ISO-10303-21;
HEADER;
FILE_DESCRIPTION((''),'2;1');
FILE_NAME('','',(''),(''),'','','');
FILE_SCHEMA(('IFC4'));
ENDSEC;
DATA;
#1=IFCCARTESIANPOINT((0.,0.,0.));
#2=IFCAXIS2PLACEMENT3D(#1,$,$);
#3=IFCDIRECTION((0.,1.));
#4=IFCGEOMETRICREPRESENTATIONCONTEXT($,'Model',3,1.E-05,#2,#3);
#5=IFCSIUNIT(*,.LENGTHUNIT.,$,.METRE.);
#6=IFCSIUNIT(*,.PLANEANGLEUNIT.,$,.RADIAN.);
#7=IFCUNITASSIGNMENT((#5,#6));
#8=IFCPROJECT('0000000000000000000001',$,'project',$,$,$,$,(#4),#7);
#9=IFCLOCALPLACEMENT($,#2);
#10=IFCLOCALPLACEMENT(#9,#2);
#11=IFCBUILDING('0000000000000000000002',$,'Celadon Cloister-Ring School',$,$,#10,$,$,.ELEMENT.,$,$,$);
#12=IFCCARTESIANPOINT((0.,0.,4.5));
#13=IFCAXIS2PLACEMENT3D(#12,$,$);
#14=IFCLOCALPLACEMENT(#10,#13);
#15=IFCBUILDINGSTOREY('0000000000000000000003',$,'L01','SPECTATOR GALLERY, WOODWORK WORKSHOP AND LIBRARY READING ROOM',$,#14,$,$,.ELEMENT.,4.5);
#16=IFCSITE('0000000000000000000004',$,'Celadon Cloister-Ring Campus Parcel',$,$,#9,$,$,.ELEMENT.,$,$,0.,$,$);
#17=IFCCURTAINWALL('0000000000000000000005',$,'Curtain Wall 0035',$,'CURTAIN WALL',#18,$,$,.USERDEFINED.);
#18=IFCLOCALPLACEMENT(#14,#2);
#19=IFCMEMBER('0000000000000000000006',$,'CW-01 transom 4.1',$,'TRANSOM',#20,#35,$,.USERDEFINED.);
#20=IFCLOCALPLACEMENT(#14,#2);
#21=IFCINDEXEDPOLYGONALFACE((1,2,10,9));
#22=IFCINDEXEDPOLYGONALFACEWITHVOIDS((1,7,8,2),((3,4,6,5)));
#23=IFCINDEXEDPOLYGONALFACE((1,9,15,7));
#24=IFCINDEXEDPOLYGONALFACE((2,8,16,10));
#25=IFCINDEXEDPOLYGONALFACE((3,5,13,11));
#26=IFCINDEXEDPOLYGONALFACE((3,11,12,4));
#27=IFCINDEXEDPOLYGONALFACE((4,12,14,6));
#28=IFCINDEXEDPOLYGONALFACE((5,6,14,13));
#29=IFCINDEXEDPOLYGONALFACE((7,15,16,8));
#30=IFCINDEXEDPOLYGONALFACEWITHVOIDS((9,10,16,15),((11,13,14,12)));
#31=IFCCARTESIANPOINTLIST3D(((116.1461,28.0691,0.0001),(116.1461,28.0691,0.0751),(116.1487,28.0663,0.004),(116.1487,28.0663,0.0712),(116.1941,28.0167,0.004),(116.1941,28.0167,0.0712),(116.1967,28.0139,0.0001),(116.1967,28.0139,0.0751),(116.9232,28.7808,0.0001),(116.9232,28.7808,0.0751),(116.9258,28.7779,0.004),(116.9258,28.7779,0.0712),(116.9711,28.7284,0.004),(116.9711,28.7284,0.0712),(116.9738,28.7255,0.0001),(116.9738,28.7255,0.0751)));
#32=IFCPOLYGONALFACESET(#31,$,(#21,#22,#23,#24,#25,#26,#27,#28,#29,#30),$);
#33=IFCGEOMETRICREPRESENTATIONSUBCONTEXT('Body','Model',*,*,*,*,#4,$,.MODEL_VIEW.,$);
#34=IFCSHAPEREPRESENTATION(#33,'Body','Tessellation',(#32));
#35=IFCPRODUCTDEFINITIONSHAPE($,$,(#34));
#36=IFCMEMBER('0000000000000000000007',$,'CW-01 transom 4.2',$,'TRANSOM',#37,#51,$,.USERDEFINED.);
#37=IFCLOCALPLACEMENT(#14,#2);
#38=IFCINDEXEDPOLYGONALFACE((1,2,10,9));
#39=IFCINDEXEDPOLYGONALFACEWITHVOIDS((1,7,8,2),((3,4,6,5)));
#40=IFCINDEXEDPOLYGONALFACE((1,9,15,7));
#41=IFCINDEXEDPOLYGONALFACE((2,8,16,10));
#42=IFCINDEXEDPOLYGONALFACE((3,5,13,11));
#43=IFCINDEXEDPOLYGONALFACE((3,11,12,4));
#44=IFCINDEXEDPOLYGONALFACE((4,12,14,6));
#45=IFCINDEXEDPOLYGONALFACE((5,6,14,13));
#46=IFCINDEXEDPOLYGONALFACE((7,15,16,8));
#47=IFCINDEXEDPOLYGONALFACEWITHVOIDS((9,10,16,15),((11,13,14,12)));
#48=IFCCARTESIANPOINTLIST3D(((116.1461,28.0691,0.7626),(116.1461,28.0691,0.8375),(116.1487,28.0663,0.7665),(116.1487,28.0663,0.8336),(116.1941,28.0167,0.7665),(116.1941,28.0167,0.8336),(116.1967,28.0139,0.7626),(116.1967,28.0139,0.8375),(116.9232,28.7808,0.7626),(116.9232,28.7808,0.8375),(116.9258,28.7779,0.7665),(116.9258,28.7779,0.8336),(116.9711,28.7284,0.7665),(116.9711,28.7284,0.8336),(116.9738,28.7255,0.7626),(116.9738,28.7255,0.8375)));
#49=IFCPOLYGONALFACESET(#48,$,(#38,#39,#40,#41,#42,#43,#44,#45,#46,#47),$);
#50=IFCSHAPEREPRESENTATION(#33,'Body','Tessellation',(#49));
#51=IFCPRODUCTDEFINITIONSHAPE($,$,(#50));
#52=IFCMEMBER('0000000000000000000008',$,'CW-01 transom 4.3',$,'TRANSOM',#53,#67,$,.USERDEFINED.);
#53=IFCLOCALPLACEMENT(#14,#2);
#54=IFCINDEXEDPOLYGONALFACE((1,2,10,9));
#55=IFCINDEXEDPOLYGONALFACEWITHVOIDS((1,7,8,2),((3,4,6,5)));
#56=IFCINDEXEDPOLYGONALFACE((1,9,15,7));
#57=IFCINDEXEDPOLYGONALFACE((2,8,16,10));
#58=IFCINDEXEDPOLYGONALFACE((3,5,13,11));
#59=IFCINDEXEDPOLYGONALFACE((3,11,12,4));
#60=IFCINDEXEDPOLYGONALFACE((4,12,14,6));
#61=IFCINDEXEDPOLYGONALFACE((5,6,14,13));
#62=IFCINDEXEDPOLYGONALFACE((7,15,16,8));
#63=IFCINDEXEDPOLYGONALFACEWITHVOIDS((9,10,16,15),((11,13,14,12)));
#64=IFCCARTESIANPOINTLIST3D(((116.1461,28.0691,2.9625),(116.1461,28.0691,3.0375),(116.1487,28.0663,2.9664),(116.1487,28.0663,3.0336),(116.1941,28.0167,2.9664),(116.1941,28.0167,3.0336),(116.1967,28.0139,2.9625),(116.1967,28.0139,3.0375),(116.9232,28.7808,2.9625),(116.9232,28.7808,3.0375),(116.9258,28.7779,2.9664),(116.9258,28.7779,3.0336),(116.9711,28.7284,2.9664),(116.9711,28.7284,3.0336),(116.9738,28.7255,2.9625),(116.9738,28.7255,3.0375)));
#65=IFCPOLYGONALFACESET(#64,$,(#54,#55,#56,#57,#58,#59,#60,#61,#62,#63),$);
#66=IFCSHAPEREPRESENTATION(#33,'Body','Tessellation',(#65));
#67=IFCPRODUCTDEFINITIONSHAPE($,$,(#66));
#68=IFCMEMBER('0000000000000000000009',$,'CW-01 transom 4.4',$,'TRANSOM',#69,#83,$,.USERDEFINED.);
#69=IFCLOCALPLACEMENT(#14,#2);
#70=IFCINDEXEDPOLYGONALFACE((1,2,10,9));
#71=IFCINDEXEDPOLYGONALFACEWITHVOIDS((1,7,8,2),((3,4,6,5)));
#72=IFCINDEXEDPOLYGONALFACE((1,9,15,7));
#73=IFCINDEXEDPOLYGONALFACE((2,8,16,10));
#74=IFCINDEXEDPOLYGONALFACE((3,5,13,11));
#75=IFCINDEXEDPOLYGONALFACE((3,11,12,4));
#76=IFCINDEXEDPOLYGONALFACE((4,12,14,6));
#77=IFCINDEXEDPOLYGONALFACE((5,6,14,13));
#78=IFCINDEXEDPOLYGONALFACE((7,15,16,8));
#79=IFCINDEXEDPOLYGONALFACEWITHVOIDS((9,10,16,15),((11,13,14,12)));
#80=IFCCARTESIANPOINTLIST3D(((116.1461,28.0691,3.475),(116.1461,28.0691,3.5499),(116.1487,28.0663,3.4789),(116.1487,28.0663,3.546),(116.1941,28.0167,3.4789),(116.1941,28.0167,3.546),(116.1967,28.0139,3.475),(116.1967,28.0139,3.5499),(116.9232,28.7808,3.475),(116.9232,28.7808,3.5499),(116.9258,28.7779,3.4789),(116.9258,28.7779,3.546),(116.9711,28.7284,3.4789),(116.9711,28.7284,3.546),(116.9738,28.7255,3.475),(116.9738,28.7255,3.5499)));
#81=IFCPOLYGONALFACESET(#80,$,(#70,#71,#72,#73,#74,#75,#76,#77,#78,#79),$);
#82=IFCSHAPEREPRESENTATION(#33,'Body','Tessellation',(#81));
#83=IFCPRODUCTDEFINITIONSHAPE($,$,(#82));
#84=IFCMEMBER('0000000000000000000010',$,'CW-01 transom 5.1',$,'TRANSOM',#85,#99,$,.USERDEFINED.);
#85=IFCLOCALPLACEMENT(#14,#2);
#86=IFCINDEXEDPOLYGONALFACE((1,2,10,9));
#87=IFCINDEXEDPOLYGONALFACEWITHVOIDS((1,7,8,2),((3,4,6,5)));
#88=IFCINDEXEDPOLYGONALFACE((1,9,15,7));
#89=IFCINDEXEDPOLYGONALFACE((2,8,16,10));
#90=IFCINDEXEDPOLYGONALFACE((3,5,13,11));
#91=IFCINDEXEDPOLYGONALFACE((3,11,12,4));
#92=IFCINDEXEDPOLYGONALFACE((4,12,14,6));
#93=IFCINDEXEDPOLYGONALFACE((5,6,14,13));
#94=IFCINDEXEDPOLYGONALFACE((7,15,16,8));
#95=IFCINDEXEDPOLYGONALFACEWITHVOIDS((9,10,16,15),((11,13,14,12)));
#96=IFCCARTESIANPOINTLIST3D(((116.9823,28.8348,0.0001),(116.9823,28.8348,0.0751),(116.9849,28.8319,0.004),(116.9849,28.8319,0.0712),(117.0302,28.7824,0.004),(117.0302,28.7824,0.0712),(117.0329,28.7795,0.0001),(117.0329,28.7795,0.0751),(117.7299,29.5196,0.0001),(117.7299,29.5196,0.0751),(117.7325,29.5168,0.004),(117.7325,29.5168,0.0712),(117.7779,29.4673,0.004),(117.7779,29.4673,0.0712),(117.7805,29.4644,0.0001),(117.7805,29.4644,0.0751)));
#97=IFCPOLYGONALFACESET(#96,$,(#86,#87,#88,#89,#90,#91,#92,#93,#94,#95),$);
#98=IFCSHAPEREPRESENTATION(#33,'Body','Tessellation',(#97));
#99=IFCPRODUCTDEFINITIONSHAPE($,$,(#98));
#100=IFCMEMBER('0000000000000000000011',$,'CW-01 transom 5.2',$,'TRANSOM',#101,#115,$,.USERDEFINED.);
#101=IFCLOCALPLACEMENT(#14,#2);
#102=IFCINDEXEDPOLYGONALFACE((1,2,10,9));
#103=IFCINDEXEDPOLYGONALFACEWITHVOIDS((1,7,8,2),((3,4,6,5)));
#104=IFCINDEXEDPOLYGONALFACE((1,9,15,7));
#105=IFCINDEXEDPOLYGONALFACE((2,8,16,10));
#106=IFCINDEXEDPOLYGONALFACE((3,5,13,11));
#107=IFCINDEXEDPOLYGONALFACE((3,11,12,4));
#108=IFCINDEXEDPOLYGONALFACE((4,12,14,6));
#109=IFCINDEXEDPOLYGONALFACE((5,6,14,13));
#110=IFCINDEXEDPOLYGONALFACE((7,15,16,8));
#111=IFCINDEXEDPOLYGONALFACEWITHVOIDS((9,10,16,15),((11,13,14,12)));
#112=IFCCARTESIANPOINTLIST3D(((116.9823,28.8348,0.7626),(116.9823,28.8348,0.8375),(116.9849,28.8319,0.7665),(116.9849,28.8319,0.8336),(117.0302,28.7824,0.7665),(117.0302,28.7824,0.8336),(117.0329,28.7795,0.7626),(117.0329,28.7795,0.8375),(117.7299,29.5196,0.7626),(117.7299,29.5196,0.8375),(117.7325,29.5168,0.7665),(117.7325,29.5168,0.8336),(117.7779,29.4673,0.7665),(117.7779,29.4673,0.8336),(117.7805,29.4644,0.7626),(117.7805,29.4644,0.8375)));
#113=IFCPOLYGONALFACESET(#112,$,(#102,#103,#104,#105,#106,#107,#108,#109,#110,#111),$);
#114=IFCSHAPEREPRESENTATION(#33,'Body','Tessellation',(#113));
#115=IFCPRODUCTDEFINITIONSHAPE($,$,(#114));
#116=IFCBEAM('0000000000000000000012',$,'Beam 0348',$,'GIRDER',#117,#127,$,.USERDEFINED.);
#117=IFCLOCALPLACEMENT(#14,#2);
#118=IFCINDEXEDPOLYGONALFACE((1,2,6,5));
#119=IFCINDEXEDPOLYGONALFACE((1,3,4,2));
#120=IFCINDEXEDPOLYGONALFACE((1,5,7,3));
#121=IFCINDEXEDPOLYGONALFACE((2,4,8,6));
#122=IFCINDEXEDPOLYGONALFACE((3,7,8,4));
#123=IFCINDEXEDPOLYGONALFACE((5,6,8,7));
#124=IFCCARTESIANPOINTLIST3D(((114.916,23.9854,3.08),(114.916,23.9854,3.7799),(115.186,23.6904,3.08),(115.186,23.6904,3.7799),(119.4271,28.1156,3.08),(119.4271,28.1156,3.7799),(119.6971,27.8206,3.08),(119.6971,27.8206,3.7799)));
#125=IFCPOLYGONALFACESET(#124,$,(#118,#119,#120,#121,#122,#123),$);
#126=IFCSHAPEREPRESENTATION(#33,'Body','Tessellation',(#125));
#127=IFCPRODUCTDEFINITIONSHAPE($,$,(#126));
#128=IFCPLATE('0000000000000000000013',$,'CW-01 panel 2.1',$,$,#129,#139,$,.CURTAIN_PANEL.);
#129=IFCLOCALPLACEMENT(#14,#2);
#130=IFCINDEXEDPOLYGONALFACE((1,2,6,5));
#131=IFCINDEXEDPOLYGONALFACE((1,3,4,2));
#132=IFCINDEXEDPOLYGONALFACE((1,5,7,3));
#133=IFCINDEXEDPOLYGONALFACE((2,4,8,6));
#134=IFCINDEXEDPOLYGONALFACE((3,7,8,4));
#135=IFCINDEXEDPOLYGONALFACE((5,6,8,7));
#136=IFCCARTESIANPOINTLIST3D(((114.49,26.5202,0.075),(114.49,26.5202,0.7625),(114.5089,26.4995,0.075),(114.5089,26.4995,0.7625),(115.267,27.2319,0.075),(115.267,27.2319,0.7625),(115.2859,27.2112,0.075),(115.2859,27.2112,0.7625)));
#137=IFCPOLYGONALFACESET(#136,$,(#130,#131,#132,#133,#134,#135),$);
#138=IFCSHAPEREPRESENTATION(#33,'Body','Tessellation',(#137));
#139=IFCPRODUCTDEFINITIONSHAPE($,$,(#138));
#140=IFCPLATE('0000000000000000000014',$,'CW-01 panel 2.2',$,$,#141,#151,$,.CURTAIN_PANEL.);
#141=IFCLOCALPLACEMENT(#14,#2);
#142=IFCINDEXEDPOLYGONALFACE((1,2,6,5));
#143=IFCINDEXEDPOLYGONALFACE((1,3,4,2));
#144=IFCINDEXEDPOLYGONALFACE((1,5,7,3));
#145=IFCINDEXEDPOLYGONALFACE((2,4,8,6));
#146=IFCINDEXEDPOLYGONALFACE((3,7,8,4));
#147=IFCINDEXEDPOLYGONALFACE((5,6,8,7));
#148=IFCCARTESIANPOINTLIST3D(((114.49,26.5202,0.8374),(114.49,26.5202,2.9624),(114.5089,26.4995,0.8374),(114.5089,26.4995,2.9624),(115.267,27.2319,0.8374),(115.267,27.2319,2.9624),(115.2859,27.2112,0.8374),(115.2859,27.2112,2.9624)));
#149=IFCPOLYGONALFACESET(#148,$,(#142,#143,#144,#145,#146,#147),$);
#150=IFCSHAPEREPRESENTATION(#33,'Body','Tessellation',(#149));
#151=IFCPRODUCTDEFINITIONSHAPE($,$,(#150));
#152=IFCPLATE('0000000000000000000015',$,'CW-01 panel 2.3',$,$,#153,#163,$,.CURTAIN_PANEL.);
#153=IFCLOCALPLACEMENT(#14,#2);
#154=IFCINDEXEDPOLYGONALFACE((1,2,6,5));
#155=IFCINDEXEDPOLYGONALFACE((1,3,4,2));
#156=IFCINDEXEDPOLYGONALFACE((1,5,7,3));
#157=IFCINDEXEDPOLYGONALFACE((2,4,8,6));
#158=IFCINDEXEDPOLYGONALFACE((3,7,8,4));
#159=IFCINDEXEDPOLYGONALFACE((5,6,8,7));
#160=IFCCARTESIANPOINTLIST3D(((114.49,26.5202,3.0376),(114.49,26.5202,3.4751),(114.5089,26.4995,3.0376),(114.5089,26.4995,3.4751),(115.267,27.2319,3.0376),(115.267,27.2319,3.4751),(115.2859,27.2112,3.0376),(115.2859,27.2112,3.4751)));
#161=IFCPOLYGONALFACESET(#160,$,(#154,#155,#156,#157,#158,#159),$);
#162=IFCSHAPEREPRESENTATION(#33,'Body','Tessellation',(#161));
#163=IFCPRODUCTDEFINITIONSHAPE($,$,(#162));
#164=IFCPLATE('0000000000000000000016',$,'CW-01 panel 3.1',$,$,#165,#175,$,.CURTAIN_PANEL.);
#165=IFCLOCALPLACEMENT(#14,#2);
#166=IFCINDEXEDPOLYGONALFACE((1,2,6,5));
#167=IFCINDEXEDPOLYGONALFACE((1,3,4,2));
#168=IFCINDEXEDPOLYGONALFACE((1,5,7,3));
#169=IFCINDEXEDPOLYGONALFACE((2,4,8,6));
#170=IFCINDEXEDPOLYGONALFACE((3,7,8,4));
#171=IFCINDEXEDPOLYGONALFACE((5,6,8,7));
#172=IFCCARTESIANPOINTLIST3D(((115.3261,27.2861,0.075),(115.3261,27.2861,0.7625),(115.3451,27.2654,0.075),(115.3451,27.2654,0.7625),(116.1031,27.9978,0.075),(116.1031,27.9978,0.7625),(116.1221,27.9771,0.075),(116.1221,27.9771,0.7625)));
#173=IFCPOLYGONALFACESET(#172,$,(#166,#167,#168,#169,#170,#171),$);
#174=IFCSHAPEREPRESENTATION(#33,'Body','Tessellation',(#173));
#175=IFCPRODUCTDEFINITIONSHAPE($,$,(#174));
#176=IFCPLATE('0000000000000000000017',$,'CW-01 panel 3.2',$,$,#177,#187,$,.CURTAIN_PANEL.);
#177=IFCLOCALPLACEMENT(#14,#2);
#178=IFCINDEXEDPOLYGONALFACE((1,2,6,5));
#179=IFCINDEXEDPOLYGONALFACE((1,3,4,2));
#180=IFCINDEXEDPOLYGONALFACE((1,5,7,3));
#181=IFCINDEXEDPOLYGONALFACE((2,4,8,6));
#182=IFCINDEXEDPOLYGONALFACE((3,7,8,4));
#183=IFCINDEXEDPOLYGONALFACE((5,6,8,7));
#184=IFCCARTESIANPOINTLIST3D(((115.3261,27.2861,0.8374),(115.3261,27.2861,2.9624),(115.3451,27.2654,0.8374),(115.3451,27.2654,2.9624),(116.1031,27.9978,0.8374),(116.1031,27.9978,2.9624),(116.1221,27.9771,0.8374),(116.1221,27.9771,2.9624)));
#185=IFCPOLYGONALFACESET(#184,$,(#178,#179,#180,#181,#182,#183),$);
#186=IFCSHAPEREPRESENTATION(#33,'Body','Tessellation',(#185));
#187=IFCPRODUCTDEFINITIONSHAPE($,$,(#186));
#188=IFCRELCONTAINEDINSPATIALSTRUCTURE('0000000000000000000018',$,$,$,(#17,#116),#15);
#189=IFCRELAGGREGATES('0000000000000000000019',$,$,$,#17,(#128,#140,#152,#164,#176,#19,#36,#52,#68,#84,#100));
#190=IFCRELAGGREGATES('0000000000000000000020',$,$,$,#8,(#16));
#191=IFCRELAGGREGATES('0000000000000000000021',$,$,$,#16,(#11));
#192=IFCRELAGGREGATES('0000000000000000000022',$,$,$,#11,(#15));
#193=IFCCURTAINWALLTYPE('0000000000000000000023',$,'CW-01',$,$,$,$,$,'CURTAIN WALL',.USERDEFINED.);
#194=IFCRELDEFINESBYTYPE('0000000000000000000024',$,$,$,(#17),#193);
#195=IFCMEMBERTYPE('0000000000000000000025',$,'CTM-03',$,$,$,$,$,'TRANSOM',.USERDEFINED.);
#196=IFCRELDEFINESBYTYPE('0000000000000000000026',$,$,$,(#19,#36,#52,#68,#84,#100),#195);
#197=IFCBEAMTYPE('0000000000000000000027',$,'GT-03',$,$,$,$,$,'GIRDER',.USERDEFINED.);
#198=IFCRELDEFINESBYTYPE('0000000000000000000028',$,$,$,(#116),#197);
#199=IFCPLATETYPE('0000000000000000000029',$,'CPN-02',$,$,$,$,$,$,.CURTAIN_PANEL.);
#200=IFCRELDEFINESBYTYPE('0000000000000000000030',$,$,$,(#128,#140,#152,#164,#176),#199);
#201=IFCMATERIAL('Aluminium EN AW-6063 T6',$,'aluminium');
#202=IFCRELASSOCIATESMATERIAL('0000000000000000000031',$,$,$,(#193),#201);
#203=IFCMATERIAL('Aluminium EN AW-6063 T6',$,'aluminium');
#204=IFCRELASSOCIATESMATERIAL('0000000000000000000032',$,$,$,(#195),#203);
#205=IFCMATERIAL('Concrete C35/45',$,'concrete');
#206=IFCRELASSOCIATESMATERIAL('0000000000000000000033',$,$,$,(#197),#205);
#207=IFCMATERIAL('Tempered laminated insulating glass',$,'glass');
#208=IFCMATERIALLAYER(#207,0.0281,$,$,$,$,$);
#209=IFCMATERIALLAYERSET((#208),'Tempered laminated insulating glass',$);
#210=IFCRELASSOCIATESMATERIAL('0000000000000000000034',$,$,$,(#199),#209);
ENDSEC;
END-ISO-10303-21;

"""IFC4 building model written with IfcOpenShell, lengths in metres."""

from ifc_helpers import new_model, si_unit, direction, frame, origin, origin_2d, place, context, subcontext, project, spatial, rectangle, hollow_rectangle, extrude, material, layer, layer_set, material_profile, profile_set, type_object, element, aggregate, save


model = new_model("IFC4")

# Units and contexts
model_context = context("Model", 3, precision=1e-05, world=origin(), true_north=direction((0.0, 1.0)))
body_context = subcontext(model_context, "Body", "Model", "MODEL_VIEW")
ifc_project = project(units=[si_unit("LENGTHUNIT", "METRE"), si_unit("PLANEANGLEUNIT", "RADIAN")], contexts=[model_context])

# Site, building, storey
site_placement = place(None, origin())
site = spatial("IfcSite", under=ifc_project, at=site_placement, Name="Celadon Cloister-Ring Campus Parcel", CompositionType="ELEMENT", RefElevation=0.0)
building_placement = place(site_placement, origin())
building = spatial("IfcBuilding", under=site, at=building_placement, Name="Celadon Cloister-Ring School", CompositionType="ELEMENT")
storey_placement = place(building_placement, frame((0.0, 0.0, 4.5)))
storey = spatial("IfcBuildingStorey", under=building, at=storey_placement, Name="L01", Description="SPECTATOR GALLERY, WOODWORK WORKSHOP AND LIBRARY READING ROOM", CompositionType="ELEMENT", Elevation=4.5)

# Curtain wall, members
ifc_material_1 = material(Name="Aluminium EN AW-6063 T6", Category="aluminium")
curtain_wall_type = type_object("IfcCurtainWallType", Name="CW-01", ElementType="CURTAIN WALL", PredefinedType="USERDEFINED", material=ifc_material_1)
curtain_wall_placement = place(storey_placement, origin())
curtain_wall = element("IfcCurtainWall", 1, at=curtain_wall_placement, inside=storey, type_object=curtain_wall_type, Name="Curtain Wall 0035", ObjectType="CURTAIN WALL", PredefinedType="USERDEFINED")
ifc_material_2 = material(Name="Aluminium EN AW-6063 T6", Category="aluminium")
ifc_material_profile_1 = material_profile(ifc_material_2, hollow_rectangle(XDim=0.075, YDim=0.075, WallThickness=0.0039, at=origin_2d()), Name="RHS75X75X4")
ifc_profile_set_1 = profile_set([ifc_material_profile_1], Name="Aluminium EN AW-6063 T6")
member_type_1 = type_object("IfcMemberType", Name="CTM-03", ElementType="TRANSOM", PredefinedType="USERDEFINED", material=ifc_profile_set_1)
member_1_placement = place(storey_placement, frame((116.1714, 28.0415, 0.0376), z_axis=(0.737471, 0.675378, 0.0), x_axis=(-0.675378, 0.737471, 0.0)))
member_1 = element("IfcMember", 2, at=member_1_placement, type_object=member_type_1, Name="CW-01 transom 4.1", ObjectType="TRANSOM", PredefinedType="USERDEFINED", context=body_context, shape_type="SweptSolid", body=[
    extrude(hollow_rectangle(XDim=0.075, YDim=0.075, WallThickness=0.0039, at=origin_2d()), origin(), (0.0, 0.0, 1.0), 1.0537),
])
member_2_placement = place(storey_placement, frame((116.1714, 28.0415, 0.8), z_axis=(0.737471, 0.675378, 0.0), x_axis=(-0.675378, 0.737471, 0.0)))
member_2 = element("IfcMember", 3, at=member_2_placement, type_object=member_type_1, Name="CW-01 transom 4.2", ObjectType="TRANSOM", PredefinedType="USERDEFINED", context=body_context, shape_type="SweptSolid", body=[
    extrude(hollow_rectangle(XDim=0.075, YDim=0.075, WallThickness=0.0039, at=origin_2d()), origin(), (0.0, 0.0, 1.0), 1.0537),
])
member_3_placement = place(storey_placement, frame((116.1714, 28.0415, 3.0), z_axis=(0.737471, 0.675378, 0.0), x_axis=(-0.675378, 0.737471, 0.0)))
member_3 = element("IfcMember", 4, at=member_3_placement, type_object=member_type_1, Name="CW-01 transom 4.3", ObjectType="TRANSOM", PredefinedType="USERDEFINED", context=body_context, shape_type="SweptSolid", body=[
    extrude(hollow_rectangle(XDim=0.075, YDim=0.075, WallThickness=0.0039, at=origin_2d()), origin(), (0.0, 0.0, 1.0), 1.0537),
])
member_4_placement = place(storey_placement, frame((116.1714, 28.0415, 3.5125), z_axis=(0.737471, 0.675378, 0.0), x_axis=(-0.675378, 0.737471, 0.0)))
member_4 = element("IfcMember", 5, at=member_4_placement, type_object=member_type_1, Name="CW-01 transom 4.4", ObjectType="TRANSOM", PredefinedType="USERDEFINED", context=body_context, shape_type="SweptSolid", body=[
    extrude(hollow_rectangle(XDim=0.075, YDim=0.075, WallThickness=0.0039, at=origin_2d()), origin(), (0.0, 0.0, 1.0), 1.0537),
])
member_5_placement = place(storey_placement, frame((117.0076, 28.8071, 0.0376), z_axis=(0.737374, 0.675485, 0.0), x_axis=(-0.675485, 0.737374, 0.0)))
member_5 = element("IfcMember", 6, at=member_5_placement, type_object=member_type_1, Name="CW-01 transom 5.1", ObjectType="TRANSOM", PredefinedType="USERDEFINED", context=body_context, shape_type="SweptSolid", body=[
    extrude(hollow_rectangle(XDim=0.075, YDim=0.075, WallThickness=0.0039, at=origin_2d()), origin(), (0.0, 0.0, 1.0), 1.0139),
])
member_6_placement = place(storey_placement, frame((117.0076, 28.8071, 0.8), z_axis=(0.737374, 0.675485, 0.0), x_axis=(-0.675485, 0.737374, 0.0)))
member_6 = element("IfcMember", 7, at=member_6_placement, type_object=member_type_1, Name="CW-01 transom 5.2", ObjectType="TRANSOM", PredefinedType="USERDEFINED", context=body_context, shape_type="SweptSolid", body=[
    extrude(hollow_rectangle(XDim=0.075, YDim=0.075, WallThickness=0.0039, at=origin_2d()), origin(), (0.0, 0.0, 1.0), 1.0139),
])

# Beam
ifc_material_3 = material(Name="Concrete C35/45", Category="concrete")
ifc_material_profile_2 = material_profile(ifc_material_3, rectangle(XDim=0.3999, YDim=0.7, at=origin_2d()), Name="RC400X700")
ifc_profile_set_2 = profile_set([ifc_material_profile_2], Name="Concrete C35/45")
beam_type_1 = type_object("IfcBeamType", Name="GT-03", ElementType="GIRDER", PredefinedType="USERDEFINED", material=ifc_profile_set_2)
beam_1_placement = place(storey_placement, frame((115.051, 23.8379, 3.4299), z_axis=(0.737557, 0.675285, 0.0), x_axis=(-0.675285, 0.737557, 0.0)))
element("IfcBeam", 8, at=beam_1_placement, inside=storey, type_object=beam_type_1, Name="Beam 0348", ObjectType="GIRDER", PredefinedType="USERDEFINED", context=body_context, shape_type="SweptSolid", body=[
    extrude(rectangle(XDim=0.3999, YDim=0.7, at=origin_2d()), origin(), (0.0, 0.0, 1.0), 6.1162),
])

# Plates
ifc_material_4 = material(Name="Tempered laminated insulating glass", Category="glass")
ifc_layer_1 = layer(ifc_material_4, 0.0281)
ifc_layer_set_1 = layer_set([ifc_layer_1], Name="Tempered laminated insulating glass")
plate_type = type_object("IfcPlateType", Name="CPN-02", PredefinedType="CURTAIN_PANEL", material=ifc_layer_set_1)
plate_1_placement = place(storey_placement, frame((114.8879, 26.8657, 0.075), z_axis=(0.0, 0.0, 1.0), x_axis=(0.737388, 0.675469, 0.0)))
plate_1 = element("IfcPlate", 9, at=plate_1_placement, type_object=plate_type, Name="CW-01 panel 2.1", PredefinedType="CURTAIN_PANEL", context=body_context, shape_type="SweptSolid", body=[
    extrude(rectangle(XDim=1.0537, YDim=0.0281, at=origin_2d()), origin(), (0.0, 0.0, 1.0), 0.6875),
])
plate_2_placement = place(storey_placement, frame((114.8879, 26.8657, 0.8374), z_axis=(0.0, 0.0, 1.0), x_axis=(0.737388, 0.675469, 0.0)))
plate_2 = element("IfcPlate", 10, at=plate_2_placement, type_object=plate_type, Name="CW-01 panel 2.2", PredefinedType="CURTAIN_PANEL", context=body_context, shape_type="SweptSolid", body=[
    extrude(rectangle(XDim=1.0537, YDim=0.0281, at=origin_2d()), origin(), (0.0, 0.0, 1.0), 2.125),
])
plate_3_placement = place(storey_placement, frame((114.8879, 26.8657, 3.0376), z_axis=(0.0, 0.0, 1.0), x_axis=(0.737388, 0.675469, 0.0)))
plate_3 = element("IfcPlate", 11, at=plate_3_placement, type_object=plate_type, Name="CW-01 panel 2.3", PredefinedType="CURTAIN_PANEL", context=body_context, shape_type="SweptSolid", body=[
    extrude(rectangle(XDim=1.0537, YDim=0.0281, at=origin_2d()), origin(), (0.0, 0.0, 1.0), 0.4375),
])
plate_4_placement = place(storey_placement, frame((115.7241, 27.6316, 0.075), z_axis=(0.0, 0.0, 1.0), x_axis=(0.737388, 0.675469, 0.0)))
plate_4 = element("IfcPlate", 12, at=plate_4_placement, type_object=plate_type, Name="CW-01 panel 3.1", PredefinedType="CURTAIN_PANEL", context=body_context, shape_type="SweptSolid", body=[
    extrude(rectangle(XDim=1.0537, YDim=0.0281, at=origin_2d()), origin(), (0.0, 0.0, 1.0), 0.6875),
])
plate_5_placement = place(storey_placement, frame((115.7241, 27.6316, 0.8374), z_axis=(0.0, 0.0, 1.0), x_axis=(0.737388, 0.675469, 0.0)))
plate_5 = element("IfcPlate", 13, at=plate_5_placement, type_object=plate_type, Name="CW-01 panel 3.2", PredefinedType="CURTAIN_PANEL", context=body_context, shape_type="SweptSolid", body=[
    extrude(rectangle(XDim=1.0537, YDim=0.0281, at=origin_2d()), origin(), (0.0, 0.0, 1.0), 2.125),
])
aggregate(curtain_wall, [plate_1, plate_2, plate_3, plate_4, plate_5, member_1, member_2, member_3, member_4, member_5, member_6])

save(model, "model.ifc")
